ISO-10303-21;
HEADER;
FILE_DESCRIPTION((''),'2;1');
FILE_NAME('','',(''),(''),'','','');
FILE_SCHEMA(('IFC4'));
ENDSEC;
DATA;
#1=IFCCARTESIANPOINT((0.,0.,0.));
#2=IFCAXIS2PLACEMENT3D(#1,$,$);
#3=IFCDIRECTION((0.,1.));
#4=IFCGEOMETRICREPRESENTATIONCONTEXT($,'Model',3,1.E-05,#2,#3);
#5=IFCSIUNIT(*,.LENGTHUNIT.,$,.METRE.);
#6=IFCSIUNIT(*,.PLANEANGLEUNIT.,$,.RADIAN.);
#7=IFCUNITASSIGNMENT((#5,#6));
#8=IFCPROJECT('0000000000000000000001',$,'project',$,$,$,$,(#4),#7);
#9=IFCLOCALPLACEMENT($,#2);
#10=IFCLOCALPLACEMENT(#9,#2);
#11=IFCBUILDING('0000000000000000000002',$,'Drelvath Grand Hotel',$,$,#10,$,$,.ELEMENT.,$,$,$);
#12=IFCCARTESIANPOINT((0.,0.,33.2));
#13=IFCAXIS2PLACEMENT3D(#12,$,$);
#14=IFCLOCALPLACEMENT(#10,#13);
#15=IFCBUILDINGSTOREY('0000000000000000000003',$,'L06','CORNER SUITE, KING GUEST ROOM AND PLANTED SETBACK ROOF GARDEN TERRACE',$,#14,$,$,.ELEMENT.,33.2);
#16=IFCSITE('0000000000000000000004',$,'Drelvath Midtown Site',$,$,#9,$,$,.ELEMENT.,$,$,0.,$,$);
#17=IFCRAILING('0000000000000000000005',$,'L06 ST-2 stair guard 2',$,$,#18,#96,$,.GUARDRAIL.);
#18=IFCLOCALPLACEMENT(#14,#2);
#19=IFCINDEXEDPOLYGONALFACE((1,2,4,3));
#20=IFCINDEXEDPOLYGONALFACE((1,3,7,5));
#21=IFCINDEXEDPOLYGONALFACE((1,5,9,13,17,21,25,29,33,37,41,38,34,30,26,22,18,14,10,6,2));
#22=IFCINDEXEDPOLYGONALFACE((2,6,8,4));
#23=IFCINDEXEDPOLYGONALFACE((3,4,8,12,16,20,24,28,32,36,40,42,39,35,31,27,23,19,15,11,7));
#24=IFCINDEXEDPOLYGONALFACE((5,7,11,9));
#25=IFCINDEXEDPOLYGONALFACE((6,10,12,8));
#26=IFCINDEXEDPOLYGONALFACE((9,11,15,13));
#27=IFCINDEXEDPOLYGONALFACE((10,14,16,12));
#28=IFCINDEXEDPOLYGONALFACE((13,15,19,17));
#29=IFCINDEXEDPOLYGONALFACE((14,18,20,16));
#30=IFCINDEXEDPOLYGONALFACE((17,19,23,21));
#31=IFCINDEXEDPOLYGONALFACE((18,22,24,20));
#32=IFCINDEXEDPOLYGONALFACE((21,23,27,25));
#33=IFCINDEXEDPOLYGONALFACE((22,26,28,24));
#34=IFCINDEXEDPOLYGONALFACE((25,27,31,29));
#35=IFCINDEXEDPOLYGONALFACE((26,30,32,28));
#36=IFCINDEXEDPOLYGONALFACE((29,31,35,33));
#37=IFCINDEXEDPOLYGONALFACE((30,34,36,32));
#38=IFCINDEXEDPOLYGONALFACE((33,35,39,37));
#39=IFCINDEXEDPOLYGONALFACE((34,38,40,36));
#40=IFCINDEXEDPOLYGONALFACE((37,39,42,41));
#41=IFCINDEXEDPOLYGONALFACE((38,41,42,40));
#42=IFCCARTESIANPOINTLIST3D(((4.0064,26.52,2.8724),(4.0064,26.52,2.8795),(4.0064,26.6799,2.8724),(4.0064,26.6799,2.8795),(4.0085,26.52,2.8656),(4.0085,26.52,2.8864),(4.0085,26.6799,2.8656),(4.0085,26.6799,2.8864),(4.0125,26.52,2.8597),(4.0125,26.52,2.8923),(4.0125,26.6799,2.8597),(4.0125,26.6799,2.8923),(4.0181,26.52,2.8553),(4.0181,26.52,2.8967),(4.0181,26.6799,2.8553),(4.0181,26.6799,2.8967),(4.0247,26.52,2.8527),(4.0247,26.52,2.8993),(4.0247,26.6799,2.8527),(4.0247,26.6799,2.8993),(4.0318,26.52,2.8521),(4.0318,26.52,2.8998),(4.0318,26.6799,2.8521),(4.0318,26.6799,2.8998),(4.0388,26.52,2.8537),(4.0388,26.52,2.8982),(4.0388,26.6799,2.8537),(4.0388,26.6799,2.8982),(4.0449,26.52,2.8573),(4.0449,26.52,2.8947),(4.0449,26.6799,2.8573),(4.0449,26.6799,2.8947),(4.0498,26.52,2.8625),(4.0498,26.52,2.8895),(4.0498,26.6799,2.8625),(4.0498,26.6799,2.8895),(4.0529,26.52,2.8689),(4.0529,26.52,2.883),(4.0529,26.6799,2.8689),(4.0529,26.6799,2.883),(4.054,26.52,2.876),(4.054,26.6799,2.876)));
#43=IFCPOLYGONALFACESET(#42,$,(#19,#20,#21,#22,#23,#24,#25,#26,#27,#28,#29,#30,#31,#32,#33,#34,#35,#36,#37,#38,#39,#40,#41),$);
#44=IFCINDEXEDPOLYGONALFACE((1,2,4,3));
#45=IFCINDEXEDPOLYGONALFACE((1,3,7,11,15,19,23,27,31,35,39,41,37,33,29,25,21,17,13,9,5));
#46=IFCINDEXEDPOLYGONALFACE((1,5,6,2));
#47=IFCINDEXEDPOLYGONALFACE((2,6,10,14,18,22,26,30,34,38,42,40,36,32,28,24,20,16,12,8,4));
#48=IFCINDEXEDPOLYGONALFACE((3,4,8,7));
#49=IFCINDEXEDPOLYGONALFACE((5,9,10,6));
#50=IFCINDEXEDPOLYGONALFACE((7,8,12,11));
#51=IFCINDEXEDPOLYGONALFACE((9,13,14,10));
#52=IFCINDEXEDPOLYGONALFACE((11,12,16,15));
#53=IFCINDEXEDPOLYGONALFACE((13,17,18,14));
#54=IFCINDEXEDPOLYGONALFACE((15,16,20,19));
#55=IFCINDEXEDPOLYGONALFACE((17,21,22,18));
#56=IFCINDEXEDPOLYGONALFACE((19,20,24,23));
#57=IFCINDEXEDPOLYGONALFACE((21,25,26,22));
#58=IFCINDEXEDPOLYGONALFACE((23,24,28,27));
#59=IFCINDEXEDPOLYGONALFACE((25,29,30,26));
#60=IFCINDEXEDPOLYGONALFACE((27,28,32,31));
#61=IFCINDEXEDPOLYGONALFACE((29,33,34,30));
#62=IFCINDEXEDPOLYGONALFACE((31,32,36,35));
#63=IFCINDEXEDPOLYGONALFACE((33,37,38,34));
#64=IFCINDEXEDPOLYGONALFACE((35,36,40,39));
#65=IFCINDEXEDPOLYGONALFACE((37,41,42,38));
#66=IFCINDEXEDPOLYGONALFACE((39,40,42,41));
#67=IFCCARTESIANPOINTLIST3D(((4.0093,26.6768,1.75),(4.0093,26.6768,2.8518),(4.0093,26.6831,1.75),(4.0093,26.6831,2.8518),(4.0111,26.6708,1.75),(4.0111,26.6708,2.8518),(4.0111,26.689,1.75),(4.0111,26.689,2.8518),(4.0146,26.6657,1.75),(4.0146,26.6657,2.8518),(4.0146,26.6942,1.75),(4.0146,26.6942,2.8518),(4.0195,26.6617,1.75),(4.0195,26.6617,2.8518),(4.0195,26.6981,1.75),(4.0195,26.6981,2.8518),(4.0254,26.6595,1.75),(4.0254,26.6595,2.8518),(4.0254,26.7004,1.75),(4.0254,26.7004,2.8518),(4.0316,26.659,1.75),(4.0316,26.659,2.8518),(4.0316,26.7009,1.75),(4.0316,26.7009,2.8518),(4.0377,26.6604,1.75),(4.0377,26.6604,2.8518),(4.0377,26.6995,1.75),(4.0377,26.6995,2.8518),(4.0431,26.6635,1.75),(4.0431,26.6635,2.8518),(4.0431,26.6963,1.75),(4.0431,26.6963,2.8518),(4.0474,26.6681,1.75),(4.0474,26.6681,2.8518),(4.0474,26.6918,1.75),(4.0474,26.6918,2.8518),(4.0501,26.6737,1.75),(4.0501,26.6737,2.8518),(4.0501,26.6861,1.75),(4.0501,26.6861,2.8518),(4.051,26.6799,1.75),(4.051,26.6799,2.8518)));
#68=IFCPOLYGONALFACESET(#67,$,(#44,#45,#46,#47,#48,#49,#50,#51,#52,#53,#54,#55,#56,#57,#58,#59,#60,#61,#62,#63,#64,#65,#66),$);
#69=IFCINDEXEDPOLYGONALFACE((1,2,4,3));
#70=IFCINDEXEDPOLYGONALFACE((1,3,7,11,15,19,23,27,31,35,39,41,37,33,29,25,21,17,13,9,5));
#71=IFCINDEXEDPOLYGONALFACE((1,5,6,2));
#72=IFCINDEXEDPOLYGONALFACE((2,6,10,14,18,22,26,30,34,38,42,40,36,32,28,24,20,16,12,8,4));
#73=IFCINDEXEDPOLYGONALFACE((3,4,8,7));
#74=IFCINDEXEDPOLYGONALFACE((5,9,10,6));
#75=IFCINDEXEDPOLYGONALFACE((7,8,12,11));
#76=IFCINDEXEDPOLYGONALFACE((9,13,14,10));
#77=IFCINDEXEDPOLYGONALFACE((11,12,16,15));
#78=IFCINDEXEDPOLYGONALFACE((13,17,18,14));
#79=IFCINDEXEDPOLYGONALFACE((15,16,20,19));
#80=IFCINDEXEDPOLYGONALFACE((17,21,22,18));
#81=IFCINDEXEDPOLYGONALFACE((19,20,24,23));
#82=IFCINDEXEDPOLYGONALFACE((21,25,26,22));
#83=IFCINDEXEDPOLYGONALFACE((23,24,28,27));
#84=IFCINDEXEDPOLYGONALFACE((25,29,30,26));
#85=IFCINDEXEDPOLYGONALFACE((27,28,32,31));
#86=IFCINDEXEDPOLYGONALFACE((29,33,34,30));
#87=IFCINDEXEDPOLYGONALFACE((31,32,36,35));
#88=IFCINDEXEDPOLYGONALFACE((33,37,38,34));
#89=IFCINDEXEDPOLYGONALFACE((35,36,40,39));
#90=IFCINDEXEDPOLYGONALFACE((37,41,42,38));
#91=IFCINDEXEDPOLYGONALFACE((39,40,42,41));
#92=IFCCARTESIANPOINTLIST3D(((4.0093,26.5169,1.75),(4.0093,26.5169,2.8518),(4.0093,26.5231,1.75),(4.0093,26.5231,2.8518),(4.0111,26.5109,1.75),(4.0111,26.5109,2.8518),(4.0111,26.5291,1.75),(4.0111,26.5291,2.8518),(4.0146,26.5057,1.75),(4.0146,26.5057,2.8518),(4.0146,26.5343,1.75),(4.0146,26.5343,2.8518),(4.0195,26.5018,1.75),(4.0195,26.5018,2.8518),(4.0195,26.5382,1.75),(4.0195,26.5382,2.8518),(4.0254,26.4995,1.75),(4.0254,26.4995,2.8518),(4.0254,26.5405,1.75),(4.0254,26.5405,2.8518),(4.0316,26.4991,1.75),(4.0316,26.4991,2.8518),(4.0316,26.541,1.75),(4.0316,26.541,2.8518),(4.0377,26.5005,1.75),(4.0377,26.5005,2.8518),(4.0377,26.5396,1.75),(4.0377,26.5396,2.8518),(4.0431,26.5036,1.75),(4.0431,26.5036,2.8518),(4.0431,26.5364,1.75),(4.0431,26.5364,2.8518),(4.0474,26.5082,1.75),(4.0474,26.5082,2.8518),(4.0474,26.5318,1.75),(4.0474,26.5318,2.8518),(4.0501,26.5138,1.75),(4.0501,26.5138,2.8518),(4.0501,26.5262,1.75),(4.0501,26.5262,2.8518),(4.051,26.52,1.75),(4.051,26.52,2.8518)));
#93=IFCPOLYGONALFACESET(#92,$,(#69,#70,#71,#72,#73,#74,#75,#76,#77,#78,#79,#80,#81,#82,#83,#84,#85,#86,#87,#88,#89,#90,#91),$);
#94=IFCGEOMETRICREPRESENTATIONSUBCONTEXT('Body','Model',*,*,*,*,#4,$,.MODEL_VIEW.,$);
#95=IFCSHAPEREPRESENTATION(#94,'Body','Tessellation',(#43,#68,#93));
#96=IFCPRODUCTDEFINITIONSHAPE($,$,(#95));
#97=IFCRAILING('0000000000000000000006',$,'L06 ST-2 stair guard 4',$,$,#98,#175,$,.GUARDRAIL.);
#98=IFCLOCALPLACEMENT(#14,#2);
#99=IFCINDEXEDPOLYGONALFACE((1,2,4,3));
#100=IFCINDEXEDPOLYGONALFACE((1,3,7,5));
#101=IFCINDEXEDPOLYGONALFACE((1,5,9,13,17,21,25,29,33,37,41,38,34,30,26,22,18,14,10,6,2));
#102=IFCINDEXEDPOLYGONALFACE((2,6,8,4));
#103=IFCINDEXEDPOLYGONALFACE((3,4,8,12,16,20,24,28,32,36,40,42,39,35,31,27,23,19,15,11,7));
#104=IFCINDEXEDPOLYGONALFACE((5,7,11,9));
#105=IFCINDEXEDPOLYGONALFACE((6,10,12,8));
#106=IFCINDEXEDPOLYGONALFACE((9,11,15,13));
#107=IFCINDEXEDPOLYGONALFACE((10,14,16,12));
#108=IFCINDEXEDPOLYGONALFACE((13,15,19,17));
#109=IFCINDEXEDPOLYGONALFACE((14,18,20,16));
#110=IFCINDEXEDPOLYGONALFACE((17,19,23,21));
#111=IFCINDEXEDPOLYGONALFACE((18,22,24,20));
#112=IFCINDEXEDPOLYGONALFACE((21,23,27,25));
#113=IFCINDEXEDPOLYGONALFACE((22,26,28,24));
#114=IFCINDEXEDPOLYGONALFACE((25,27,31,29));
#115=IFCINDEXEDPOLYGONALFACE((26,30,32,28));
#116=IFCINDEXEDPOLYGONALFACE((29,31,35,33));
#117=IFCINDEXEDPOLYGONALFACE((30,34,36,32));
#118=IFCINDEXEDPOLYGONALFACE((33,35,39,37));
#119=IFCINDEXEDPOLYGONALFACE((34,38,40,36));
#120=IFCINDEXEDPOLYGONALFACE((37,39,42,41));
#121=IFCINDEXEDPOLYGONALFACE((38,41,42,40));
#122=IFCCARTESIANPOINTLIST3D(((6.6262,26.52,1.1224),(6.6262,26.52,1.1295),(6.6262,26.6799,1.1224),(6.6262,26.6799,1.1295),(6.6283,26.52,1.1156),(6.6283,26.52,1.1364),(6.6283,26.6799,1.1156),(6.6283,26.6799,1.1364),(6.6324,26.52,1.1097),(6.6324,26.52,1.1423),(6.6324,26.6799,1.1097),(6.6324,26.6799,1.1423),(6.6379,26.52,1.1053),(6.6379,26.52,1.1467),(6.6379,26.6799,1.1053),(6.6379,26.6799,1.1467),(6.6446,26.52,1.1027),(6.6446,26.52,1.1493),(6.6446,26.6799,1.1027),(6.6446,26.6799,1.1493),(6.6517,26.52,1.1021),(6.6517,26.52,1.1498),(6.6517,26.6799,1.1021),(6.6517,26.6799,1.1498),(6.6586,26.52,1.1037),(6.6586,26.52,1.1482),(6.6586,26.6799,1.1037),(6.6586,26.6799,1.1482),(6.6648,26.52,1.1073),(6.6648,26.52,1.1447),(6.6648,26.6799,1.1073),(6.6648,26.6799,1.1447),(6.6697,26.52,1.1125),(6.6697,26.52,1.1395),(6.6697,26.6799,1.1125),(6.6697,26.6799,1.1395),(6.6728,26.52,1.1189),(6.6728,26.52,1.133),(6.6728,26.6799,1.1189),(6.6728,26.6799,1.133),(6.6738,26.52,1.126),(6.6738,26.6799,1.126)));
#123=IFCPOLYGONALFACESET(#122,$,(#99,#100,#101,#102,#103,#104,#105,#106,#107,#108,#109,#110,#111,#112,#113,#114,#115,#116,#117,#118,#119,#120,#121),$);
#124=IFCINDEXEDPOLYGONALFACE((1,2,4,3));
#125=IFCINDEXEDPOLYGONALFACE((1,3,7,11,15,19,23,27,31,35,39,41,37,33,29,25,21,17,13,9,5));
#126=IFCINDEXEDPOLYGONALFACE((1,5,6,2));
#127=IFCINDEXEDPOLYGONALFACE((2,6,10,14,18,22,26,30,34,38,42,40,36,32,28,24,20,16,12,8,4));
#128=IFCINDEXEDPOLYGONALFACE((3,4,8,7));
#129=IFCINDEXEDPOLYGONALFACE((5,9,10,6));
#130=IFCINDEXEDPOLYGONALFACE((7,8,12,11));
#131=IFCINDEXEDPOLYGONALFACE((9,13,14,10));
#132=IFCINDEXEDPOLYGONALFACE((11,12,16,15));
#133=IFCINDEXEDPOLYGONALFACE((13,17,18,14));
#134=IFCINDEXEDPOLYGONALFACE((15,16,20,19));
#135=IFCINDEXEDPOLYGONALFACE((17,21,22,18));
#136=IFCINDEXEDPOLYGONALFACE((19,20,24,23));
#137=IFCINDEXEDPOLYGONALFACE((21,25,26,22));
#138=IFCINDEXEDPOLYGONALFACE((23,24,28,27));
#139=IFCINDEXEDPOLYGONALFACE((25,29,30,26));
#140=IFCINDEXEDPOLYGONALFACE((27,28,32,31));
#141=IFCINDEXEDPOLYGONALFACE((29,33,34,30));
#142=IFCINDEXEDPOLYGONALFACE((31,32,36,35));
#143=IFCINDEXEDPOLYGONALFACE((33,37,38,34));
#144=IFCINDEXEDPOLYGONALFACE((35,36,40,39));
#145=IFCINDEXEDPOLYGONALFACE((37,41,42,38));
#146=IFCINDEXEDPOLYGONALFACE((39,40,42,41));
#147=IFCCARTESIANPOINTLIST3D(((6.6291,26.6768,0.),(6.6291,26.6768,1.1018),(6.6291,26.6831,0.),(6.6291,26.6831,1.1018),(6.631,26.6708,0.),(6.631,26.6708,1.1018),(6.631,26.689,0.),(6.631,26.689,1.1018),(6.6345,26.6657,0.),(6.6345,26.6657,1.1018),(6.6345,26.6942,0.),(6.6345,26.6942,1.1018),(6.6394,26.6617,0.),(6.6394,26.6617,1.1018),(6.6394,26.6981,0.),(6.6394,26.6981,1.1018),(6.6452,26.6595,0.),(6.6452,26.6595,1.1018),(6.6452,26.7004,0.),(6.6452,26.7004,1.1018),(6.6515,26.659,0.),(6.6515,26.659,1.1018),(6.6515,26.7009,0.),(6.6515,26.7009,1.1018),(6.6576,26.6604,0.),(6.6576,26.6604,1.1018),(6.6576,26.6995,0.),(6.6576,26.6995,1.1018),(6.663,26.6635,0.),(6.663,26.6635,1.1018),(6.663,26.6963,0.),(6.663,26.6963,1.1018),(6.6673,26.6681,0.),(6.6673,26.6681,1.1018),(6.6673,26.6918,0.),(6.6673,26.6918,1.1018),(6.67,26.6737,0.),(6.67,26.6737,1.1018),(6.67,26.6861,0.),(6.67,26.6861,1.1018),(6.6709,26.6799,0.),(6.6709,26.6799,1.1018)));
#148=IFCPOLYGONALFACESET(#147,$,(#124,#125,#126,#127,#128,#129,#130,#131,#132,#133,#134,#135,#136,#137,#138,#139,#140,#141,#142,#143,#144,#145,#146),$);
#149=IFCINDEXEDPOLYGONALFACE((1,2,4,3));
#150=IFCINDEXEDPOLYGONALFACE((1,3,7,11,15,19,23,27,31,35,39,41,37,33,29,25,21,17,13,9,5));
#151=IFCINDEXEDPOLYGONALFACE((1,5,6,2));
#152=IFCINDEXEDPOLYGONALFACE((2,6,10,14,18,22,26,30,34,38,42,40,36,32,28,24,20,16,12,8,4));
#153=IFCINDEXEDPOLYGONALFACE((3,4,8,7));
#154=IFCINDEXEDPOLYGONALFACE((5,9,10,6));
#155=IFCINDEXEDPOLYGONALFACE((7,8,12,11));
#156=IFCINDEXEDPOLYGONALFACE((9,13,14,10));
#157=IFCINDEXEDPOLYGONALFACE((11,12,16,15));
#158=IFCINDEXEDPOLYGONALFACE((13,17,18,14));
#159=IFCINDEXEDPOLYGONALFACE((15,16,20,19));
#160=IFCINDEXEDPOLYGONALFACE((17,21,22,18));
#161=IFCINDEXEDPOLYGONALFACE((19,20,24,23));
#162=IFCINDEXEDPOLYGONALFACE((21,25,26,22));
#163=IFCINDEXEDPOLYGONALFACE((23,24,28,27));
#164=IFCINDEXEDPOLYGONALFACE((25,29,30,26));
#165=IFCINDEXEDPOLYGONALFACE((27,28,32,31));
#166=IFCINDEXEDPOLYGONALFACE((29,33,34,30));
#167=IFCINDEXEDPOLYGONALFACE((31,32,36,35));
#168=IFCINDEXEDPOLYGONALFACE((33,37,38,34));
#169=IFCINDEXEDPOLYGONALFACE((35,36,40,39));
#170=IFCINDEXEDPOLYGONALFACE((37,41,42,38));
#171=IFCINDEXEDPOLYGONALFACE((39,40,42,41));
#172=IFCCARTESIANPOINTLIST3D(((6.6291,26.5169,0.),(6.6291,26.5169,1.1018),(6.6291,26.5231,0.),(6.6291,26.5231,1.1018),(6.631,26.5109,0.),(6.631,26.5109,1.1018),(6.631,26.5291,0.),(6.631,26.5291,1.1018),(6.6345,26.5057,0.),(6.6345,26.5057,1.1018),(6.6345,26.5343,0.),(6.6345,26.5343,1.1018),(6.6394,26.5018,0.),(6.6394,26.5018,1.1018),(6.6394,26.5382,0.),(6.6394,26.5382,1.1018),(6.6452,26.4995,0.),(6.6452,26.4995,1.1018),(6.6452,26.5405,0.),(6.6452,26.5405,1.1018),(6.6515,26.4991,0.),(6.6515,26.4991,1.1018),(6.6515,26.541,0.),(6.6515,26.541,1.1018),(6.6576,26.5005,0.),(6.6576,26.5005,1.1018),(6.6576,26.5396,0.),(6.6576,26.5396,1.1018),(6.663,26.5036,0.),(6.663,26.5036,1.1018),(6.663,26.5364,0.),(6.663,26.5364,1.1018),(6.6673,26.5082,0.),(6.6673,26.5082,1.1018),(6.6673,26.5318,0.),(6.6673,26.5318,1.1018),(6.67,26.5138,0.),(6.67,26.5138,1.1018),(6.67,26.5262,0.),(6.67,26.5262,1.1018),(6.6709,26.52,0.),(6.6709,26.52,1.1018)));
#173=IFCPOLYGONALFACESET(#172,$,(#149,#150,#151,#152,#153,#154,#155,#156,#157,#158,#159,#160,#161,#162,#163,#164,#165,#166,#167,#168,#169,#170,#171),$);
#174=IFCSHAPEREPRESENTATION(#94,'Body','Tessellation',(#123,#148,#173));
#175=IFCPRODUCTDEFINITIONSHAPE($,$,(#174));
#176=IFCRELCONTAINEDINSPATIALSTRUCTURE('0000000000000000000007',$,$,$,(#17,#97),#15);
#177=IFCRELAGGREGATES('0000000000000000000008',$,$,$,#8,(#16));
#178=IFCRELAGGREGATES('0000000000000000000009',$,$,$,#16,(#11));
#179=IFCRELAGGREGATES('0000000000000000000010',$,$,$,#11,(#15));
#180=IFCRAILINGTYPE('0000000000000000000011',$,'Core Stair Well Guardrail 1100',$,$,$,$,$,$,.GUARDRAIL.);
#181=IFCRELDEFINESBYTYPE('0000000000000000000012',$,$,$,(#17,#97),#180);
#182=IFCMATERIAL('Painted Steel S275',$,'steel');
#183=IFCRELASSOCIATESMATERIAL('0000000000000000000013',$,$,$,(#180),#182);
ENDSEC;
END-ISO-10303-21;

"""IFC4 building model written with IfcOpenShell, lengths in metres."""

from ifc_helpers import new_model, si_unit, direction, frame, origin, origin_2d, place, context, subcontext, project, spatial, circle, extrude, material, type_object, element, save


model = new_model("IFC4")

# Units and contexts
model_context = context("Model", 3, precision=1e-05, world=origin(), true_north=direction((0.0, 1.0)))
body_context = subcontext(model_context, "Body", "Model", "MODEL_VIEW")
ifc_project = project(units=[si_unit("LENGTHUNIT", "METRE"), si_unit("PLANEANGLEUNIT", "RADIAN")], contexts=[model_context])

# Site, building, storey
site_placement = place(None, origin())
site = spatial("IfcSite", under=ifc_project, at=site_placement, Name="Drelvath Midtown Site", CompositionType="ELEMENT", RefElevation=0.0)
building_placement = place(site_placement, origin())
building = spatial("IfcBuilding", under=site, at=building_placement, Name="Drelvath Grand Hotel", CompositionType="ELEMENT")
storey_placement = place(building_placement, frame((0.0, 0.0, 33.2)))
storey = spatial("IfcBuildingStorey", under=building, at=storey_placement, Name="L06", Description="CORNER SUITE, KING GUEST ROOM AND PLANTED SETBACK ROOF GARDEN TERRACE", CompositionType="ELEMENT", Elevation=33.2)

# Shared definitions
ifc_material_1 = material(Name="Painted Steel S275", Category="steel")

# Railings
railing_type_1 = type_object("IfcRailingType", Name="Core Stair Well Guardrail 1100", PredefinedType="GUARDRAIL", material=ifc_material_1)
for number, where, name in (
    (1, (4.03, 26.6799, 1.75), "L06 ST-2 stair guard 2"),
    (2, (6.6499, 26.6799, 0.0), "L06 ST-2 stair guard 4"),
):
    element("IfcRailing", number, at=place(storey_placement, frame(where)), inside=storey, type_object=railing_type_1, Name=name, PredefinedType="GUARDRAIL", context=body_context, shape_type="SweptSolid", body=[
        extrude(circle(Radius=0.0239, at=origin_2d()), frame((0.0, 0.0, 1.126), z_axis=(0.0, -1.0, 0.0), x_axis=(1.0, 0.0, 0.0)), (0.0, 0.0, 1.0), 0.1599),
        extrude(circle(Radius=0.021, at=origin_2d()), origin(), (0.0, 0.0, 1.0), 1.1018),
        extrude(circle(Radius=0.021, at=origin_2d()), frame((0.0, -0.1599, 0.0)), (0.0, 0.0, 1.0), 1.1018),
    ])

save(model, "model.ifc")
